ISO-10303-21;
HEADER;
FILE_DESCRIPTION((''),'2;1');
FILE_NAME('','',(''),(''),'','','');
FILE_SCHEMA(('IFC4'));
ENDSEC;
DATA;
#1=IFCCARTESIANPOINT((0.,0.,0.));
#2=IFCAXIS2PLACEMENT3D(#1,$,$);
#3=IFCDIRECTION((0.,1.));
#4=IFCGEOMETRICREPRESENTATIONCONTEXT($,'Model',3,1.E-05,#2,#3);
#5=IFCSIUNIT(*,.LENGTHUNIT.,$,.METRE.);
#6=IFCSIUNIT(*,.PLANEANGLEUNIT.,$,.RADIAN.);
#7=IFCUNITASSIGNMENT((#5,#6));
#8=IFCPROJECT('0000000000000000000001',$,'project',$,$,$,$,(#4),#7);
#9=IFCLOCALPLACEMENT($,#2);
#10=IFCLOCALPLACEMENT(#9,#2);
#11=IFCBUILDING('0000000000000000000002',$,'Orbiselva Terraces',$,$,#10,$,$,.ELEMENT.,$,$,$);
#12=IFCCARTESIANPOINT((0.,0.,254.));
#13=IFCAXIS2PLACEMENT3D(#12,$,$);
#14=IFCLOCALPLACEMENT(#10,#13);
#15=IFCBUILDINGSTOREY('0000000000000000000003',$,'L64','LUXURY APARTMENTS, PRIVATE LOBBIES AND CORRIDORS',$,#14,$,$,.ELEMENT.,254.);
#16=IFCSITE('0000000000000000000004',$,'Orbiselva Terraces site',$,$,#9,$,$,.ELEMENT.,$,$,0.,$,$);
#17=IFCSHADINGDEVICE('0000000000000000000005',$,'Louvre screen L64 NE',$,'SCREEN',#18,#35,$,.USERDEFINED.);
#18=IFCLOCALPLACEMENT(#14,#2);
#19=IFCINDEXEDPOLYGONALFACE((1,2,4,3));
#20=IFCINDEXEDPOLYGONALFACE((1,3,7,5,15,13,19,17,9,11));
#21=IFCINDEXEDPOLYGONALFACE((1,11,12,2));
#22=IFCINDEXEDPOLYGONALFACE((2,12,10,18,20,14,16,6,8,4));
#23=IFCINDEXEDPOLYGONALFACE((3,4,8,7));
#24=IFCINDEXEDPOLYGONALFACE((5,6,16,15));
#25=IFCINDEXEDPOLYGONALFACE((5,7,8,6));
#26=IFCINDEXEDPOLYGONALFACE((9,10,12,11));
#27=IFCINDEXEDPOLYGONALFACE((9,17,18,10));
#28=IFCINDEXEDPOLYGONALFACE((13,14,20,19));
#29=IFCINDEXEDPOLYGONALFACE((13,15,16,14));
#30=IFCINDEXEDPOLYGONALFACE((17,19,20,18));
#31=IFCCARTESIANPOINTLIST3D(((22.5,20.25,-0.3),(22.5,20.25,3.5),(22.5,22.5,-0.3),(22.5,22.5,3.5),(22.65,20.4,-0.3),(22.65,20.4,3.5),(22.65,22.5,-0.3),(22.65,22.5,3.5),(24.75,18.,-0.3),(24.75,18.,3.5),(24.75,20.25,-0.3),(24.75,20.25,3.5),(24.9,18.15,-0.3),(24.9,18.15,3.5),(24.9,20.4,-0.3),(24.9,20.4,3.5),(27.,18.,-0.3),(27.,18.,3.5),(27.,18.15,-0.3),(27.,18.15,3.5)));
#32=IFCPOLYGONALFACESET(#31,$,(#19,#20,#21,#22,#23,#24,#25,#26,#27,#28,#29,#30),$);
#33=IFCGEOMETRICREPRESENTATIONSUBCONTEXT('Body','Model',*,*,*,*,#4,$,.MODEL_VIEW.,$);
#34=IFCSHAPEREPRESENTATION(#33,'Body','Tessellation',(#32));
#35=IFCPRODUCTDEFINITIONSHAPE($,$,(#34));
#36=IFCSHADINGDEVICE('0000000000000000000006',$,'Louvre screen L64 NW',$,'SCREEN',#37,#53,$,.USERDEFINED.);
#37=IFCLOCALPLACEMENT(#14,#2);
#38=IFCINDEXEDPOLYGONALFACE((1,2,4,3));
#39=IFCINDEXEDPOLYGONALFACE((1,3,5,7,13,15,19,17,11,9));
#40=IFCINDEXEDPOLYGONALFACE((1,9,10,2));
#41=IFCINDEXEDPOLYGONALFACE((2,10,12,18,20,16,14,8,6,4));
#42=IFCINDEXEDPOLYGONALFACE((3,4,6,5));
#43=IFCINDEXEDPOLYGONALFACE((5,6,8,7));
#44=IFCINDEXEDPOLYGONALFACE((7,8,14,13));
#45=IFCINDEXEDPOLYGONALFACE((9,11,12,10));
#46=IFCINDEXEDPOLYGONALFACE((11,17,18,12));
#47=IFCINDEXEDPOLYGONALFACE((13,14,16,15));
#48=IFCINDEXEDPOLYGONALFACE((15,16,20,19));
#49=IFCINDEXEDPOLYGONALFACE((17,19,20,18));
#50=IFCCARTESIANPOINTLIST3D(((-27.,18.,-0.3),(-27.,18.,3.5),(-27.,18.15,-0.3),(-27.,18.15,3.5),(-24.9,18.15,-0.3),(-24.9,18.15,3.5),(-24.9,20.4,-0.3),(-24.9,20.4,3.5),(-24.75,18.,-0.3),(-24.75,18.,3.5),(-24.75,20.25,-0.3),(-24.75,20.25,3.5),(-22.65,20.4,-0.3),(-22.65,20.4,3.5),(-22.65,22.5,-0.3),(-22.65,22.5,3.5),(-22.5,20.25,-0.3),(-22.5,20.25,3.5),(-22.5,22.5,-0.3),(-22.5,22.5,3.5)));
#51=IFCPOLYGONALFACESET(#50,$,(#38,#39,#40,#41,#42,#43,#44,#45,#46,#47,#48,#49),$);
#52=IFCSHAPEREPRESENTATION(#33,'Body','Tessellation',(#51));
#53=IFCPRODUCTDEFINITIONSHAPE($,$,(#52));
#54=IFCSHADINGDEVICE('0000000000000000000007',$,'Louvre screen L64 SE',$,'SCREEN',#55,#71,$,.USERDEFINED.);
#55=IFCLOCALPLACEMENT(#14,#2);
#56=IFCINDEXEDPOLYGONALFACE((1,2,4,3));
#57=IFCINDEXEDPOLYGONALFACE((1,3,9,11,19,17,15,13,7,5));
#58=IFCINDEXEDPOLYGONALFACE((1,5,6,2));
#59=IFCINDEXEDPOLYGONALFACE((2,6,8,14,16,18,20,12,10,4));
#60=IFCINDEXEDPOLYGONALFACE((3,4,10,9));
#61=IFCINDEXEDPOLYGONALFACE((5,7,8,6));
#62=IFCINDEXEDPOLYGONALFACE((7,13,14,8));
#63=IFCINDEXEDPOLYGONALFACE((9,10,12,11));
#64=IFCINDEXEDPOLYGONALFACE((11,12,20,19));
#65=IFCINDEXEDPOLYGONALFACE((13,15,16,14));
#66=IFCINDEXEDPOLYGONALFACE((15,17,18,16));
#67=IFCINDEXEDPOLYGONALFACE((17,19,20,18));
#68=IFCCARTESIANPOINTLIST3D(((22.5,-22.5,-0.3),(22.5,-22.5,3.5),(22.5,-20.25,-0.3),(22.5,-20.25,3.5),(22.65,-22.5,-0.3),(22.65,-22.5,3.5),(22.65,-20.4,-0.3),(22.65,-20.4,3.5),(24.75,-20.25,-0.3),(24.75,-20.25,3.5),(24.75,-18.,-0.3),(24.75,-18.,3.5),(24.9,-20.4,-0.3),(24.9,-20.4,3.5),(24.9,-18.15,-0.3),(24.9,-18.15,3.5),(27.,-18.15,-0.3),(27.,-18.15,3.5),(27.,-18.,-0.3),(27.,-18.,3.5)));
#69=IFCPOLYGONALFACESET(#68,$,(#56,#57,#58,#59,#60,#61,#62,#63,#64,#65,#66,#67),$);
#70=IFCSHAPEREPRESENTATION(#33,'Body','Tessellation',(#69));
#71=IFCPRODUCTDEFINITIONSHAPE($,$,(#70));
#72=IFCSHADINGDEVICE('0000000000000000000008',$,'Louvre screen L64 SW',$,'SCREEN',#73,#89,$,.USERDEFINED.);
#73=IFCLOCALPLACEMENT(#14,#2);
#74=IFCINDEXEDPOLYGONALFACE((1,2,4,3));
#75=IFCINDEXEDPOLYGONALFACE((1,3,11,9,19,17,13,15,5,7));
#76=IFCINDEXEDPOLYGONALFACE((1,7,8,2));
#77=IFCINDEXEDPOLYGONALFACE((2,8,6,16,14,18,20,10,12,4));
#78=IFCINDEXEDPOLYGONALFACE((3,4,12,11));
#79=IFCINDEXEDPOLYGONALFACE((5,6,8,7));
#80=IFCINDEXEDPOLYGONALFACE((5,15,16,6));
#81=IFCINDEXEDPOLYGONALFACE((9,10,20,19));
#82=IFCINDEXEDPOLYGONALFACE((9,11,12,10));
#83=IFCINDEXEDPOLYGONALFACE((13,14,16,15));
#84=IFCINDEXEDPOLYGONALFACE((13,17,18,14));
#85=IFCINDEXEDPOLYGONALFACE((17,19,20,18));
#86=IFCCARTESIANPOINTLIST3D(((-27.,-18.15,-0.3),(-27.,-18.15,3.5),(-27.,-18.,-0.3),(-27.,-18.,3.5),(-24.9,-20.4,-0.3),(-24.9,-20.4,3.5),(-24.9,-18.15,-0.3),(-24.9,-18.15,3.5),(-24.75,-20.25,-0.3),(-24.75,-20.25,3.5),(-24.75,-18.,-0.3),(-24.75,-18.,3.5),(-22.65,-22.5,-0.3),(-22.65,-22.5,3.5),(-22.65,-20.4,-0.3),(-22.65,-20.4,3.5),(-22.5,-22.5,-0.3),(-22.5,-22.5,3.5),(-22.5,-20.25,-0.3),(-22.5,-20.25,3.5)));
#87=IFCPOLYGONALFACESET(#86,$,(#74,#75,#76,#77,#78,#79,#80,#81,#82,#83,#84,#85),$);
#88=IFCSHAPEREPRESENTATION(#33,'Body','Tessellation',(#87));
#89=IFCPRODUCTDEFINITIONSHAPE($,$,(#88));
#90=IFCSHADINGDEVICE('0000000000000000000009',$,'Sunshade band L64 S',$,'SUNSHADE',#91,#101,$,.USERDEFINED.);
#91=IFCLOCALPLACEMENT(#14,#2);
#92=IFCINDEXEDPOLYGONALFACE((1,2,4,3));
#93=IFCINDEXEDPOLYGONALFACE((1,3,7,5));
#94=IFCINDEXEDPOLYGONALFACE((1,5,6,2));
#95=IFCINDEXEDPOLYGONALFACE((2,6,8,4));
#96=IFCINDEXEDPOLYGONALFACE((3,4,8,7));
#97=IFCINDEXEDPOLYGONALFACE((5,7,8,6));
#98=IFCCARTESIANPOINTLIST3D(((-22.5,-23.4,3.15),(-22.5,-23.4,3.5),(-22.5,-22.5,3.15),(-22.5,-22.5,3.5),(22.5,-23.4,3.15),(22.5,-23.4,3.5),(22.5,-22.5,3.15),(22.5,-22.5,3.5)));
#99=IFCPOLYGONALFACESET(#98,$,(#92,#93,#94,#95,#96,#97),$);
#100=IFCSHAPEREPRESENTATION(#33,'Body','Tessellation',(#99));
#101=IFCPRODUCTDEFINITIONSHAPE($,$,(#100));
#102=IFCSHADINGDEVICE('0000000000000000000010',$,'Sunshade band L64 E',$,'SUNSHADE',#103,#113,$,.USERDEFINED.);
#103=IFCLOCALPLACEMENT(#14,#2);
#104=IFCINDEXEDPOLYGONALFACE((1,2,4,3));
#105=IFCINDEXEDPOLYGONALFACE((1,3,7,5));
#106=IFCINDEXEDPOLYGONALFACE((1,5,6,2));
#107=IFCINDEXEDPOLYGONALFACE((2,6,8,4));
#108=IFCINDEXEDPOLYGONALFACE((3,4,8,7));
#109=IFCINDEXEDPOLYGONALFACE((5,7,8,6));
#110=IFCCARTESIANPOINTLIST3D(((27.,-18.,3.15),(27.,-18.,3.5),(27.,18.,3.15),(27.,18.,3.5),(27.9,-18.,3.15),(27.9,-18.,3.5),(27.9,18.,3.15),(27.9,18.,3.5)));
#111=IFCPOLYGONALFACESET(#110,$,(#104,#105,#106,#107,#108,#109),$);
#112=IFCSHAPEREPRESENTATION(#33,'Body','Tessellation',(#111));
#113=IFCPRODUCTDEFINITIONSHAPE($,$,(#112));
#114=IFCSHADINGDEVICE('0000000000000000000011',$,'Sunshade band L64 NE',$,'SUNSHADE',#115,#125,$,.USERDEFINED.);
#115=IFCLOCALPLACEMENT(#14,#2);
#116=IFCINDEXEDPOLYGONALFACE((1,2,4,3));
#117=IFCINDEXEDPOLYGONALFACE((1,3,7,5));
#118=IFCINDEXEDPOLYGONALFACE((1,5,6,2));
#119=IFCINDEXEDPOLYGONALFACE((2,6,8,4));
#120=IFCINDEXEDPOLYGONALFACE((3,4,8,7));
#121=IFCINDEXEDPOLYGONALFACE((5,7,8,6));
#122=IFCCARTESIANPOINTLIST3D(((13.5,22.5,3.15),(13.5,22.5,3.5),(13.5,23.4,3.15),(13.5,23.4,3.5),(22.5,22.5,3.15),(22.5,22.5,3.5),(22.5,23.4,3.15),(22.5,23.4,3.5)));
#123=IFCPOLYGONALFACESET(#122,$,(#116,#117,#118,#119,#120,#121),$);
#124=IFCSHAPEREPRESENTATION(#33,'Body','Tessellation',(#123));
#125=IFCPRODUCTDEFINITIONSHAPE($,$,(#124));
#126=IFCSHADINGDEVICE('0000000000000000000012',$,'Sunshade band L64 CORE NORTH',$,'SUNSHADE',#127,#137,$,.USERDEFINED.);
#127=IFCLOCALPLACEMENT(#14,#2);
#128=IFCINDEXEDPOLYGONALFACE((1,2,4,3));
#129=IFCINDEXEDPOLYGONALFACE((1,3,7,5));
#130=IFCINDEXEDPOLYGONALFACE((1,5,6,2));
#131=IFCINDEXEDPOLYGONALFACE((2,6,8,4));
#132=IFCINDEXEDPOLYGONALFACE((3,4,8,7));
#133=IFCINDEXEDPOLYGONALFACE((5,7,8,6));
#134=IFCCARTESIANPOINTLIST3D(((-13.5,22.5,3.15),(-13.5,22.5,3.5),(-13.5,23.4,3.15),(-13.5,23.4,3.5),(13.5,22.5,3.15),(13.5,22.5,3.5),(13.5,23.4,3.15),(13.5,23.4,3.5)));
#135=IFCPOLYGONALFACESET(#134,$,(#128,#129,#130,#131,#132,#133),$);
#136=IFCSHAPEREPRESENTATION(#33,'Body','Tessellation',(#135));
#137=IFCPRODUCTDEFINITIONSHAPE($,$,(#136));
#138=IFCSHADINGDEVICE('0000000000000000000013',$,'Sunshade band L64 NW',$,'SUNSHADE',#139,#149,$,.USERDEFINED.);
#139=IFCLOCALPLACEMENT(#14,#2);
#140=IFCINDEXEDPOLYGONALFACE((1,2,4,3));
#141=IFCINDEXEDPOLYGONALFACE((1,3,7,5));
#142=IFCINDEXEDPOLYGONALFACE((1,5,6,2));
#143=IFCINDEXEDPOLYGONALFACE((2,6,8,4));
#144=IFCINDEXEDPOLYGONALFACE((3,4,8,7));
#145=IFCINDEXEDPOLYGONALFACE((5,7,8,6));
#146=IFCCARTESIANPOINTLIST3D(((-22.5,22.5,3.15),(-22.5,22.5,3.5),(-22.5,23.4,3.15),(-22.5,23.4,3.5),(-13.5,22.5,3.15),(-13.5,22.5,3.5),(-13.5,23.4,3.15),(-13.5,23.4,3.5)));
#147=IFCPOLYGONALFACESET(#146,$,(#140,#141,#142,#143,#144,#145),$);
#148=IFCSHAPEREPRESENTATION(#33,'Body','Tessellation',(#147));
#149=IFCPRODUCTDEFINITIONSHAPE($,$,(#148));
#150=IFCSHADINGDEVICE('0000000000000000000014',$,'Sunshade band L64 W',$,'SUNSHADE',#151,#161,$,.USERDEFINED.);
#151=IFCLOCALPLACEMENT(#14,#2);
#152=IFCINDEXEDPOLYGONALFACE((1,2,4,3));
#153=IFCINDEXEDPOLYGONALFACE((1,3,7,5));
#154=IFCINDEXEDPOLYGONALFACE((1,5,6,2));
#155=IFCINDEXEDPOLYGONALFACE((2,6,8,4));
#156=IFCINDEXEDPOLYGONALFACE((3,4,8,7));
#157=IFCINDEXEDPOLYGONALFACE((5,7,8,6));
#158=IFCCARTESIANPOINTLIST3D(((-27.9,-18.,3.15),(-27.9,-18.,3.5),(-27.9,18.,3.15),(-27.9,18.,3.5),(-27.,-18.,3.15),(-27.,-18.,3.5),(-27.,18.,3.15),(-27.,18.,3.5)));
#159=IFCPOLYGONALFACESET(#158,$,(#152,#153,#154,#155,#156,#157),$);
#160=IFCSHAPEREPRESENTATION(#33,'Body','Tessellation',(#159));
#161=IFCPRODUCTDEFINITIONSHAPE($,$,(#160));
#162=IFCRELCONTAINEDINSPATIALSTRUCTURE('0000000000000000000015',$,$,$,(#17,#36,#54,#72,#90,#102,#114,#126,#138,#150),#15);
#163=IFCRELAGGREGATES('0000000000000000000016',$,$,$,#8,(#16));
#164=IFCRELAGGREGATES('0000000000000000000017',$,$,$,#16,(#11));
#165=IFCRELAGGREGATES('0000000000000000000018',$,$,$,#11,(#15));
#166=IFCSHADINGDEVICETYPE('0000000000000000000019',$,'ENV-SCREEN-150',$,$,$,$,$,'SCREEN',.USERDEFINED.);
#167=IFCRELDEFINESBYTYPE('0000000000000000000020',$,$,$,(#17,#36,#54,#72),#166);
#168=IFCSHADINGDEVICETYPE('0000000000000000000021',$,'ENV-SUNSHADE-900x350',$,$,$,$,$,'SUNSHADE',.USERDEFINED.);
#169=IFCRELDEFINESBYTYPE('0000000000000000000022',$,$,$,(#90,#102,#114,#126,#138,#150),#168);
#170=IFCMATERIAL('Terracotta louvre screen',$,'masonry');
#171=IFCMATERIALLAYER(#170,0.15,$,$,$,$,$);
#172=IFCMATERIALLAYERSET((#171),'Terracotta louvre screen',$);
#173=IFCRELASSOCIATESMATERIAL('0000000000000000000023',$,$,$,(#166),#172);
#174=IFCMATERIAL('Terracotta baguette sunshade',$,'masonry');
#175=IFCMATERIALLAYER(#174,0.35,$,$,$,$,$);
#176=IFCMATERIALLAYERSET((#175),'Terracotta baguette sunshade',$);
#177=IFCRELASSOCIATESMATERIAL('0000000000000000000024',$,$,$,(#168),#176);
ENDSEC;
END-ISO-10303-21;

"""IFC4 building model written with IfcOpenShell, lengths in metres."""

from ifc_helpers import new_model, si_unit, direction, frame, origin, place, context, subcontext, project, spatial, polyline, outline, extrude, material, layer, layer_set, type_object, element, save


model = new_model("IFC4")

# Units and contexts
model_context = context("Model", 3, precision=1e-05, world=origin(), true_north=direction((0.0, 1.0)))
body_context = subcontext(model_context, "Body", "Model", "MODEL_VIEW")
ifc_project = project(units=[si_unit("LENGTHUNIT", "METRE"), si_unit("PLANEANGLEUNIT", "RADIAN")], contexts=[model_context])

# Site, building, storey
site_placement = place(None, origin())
site = spatial("IfcSite", under=ifc_project, at=site_placement, Name="Orbiselva Terraces site", CompositionType="ELEMENT", RefElevation=0.0)
building_placement = place(site_placement, origin())
building = spatial("IfcBuilding", under=site, at=building_placement, Name="Orbiselva Terraces", CompositionType="ELEMENT")
storey_placement = place(building_placement, frame((0.0, 0.0, 254.0)))
storey = spatial("IfcBuildingStorey", under=building, at=storey_placement, Name="L64", Description="LUXURY APARTMENTS, PRIVATE LOBBIES AND CORRIDORS", CompositionType="ELEMENT", Elevation=254.0)

# Shading devices
ifc_material_1 = material(Name="Terracotta louvre screen", Category="masonry")
ifc_layer_1 = layer(ifc_material_1, 0.15)
ifc_layer_set_1 = layer_set([ifc_layer_1], Name="Terracotta louvre screen")
shading_device_type_1 = type_object("IfcShadingDeviceType", Name="ENV-SCREEN-150", ElementType="SCREEN", PredefinedType="USERDEFINED", material=ifc_layer_set_1)
shading_device_1_placement = place(storey_placement, frame((0.0, 0.0, -0.3)))
element("IfcShadingDevice", 1, at=shading_device_1_placement, inside=storey, type_object=shading_device_type_1, Name="Louvre screen L64 NE", ObjectType="SCREEN", PredefinedType="USERDEFINED", context=body_context, shape_type="SweptSolid", body=[
    extrude(outline(polyline([(27.0, 18.15), (24.9, 18.15), (24.9, 20.4), (22.65, 20.4), (22.65, 22.5), (22.5, 22.5), (22.5, 20.25), (24.75, 20.25), (24.75, 18.0), (27.0, 18.0), (27.0, 18.15)])), origin(), (0.0, 0.0, 1.0), 3.8),
])
shading_device_2_placement = place(storey_placement, frame((0.0, 0.0, -0.3)))
element("IfcShadingDevice", 2, at=shading_device_2_placement, inside=storey, type_object=shading_device_type_1, Name="Louvre screen L64 NW", ObjectType="SCREEN", PredefinedType="USERDEFINED", context=body_context, shape_type="SweptSolid", body=[
    extrude(outline(polyline([(-22.65, 22.5), (-22.65, 20.4), (-24.9, 20.4), (-24.9, 18.15), (-27.0, 18.15), (-27.0, 18.0), (-24.75, 18.0), (-24.75, 20.25), (-22.5, 20.25), (-22.5, 22.5), (-22.65, 22.5)])), origin(), (0.0, 0.0, 1.0), 3.8),
])
shading_device_3_placement = place(storey_placement, frame((0.0, 0.0, -0.3)))
element("IfcShadingDevice", 3, at=shading_device_3_placement, inside=storey, type_object=shading_device_type_1, Name="Louvre screen L64 SE", ObjectType="SCREEN", PredefinedType="USERDEFINED", context=body_context, shape_type="SweptSolid", body=[
    extrude(outline(polyline([(22.65, -22.5), (22.65, -20.4), (24.9, -20.4), (24.9, -18.15), (27.0, -18.15), (27.0, -18.0), (24.75, -18.0), (24.75, -20.25), (22.5, -20.25), (22.5, -22.5), (22.65, -22.5)])), origin(), (0.0, 0.0, 1.0), 3.8),
])
shading_device_4_placement = place(storey_placement, frame((0.0, 0.0, -0.3)))
element("IfcShadingDevice", 4, at=shading_device_4_placement, inside=storey, type_object=shading_device_type_1, Name="Louvre screen L64 SW", ObjectType="SCREEN", PredefinedType="USERDEFINED", context=body_context, shape_type="SweptSolid", body=[
    extrude(outline(polyline([(-27.0, -18.15), (-24.9, -18.15), (-24.9, -20.4), (-22.65, -20.4), (-22.65, -22.5), (-22.5, -22.5), (-22.5, -20.25), (-24.75, -20.25), (-24.75, -18.0), (-27.0, -18.0), (-27.0, -18.15)])), origin(), (0.0, 0.0, 1.0), 3.8),
])
ifc_material_2 = material(Name="Terracotta baguette sunshade", Category="masonry")
ifc_layer_2 = layer(ifc_material_2, 0.35)
ifc_layer_set_2 = layer_set([ifc_layer_2], Name="Terracotta baguette sunshade")
shading_device_type_2 = type_object("IfcShadingDeviceType", Name="ENV-SUNSHADE-900x350", ElementType="SUNSHADE", PredefinedType="USERDEFINED", material=ifc_layer_set_2)
shading_device_5_placement = place(storey_placement, frame((0.0, 0.0, 3.15)))
element("IfcShadingDevice", 5, at=shading_device_5_placement, inside=storey, type_object=shading_device_type_2, Name="Sunshade band L64 S", ObjectType="SUNSHADE", PredefinedType="USERDEFINED", context=body_context, shape_type="SweptSolid", body=[
    extrude(outline(polyline([(-22.5, -23.4), (22.5, -23.4), (22.5, -22.5), (-22.5, -22.5), (-22.5, -23.4)])), origin(), (0.0, 0.0, 1.0), 0.35),
])
shading_device_6_placement = place(storey_placement, frame((0.0, 0.0, 3.15)))
element("IfcShadingDevice", 6, at=shading_device_6_placement, inside=storey, type_object=shading_device_type_2, Name="Sunshade band L64 E", ObjectType="SUNSHADE", PredefinedType="USERDEFINED", context=body_context, shape_type="SweptSolid", body=[
    extrude(outline(polyline([(27.9, -18.0), (27.9, 18.0), (27.0, 18.0), (27.0, -18.0), (27.9, -18.0)])), origin(), (0.0, 0.0, 1.0), 0.35),
])
shading_device_7_placement = place(storey_placement, frame((0.0, 0.0, 3.15)))
element("IfcShadingDevice", 7, at=shading_device_7_placement, inside=storey, type_object=shading_device_type_2, Name="Sunshade band L64 NE", ObjectType="SUNSHADE", PredefinedType="USERDEFINED", context=body_context, shape_type="SweptSolid", body=[
    extrude(outline(polyline([(22.5, 23.4), (13.5, 23.4), (13.5, 22.5), (22.5, 22.5), (22.5, 23.4)])), origin(), (0.0, 0.0, 1.0), 0.35),
])
shading_device_8_placement = place(storey_placement, frame((0.0, 0.0, 3.15)))
element("IfcShadingDevice", 8, at=shading_device_8_placement, inside=storey, type_object=shading_device_type_2, Name="Sunshade band L64 CORE NORTH", ObjectType="SUNSHADE", PredefinedType="USERDEFINED", context=body_context, shape_type="SweptSolid", body=[
    extrude(outline(polyline([(13.5, 23.4), (-13.5, 23.4), (-13.5, 22.5), (13.5, 22.5), (13.5, 23.4)])), origin(), (0.0, 0.0, 1.0), 0.35),
])
shading_device_9_placement = place(storey_placement, frame((0.0, 0.0, 3.15)))
element("IfcShadingDevice", 9, at=shading_device_9_placement, inside=storey, type_object=shading_device_type_2, Name="Sunshade band L64 NW", ObjectType="SUNSHADE", PredefinedType="USERDEFINED", context=body_context, shape_type="SweptSolid", body=[
    extrude(outline(polyline([(-13.5, 23.4), (-22.5, 23.4), (-22.5, 22.5), (-13.5, 22.5), (-13.5, 23.4)])), origin(), (0.0, 0.0, 1.0), 0.35),
])
shading_device_10_placement = place(storey_placement, frame((0.0, 0.0, 3.15)))
element("IfcShadingDevice", 10, at=shading_device_10_placement, inside=storey, type_object=shading_device_type_2, Name="Sunshade band L64 W", ObjectType="SUNSHADE", PredefinedType="USERDEFINED", context=body_context, shape_type="SweptSolid", body=[
    extrude(outline(polyline([(-27.9, 18.0), (-27.9, -18.0), (-27.0, -18.0), (-27.0, 18.0), (-27.9, 18.0)])), origin(), (0.0, 0.0, 1.0), 0.35),
])

save(model, "model.ifc")
